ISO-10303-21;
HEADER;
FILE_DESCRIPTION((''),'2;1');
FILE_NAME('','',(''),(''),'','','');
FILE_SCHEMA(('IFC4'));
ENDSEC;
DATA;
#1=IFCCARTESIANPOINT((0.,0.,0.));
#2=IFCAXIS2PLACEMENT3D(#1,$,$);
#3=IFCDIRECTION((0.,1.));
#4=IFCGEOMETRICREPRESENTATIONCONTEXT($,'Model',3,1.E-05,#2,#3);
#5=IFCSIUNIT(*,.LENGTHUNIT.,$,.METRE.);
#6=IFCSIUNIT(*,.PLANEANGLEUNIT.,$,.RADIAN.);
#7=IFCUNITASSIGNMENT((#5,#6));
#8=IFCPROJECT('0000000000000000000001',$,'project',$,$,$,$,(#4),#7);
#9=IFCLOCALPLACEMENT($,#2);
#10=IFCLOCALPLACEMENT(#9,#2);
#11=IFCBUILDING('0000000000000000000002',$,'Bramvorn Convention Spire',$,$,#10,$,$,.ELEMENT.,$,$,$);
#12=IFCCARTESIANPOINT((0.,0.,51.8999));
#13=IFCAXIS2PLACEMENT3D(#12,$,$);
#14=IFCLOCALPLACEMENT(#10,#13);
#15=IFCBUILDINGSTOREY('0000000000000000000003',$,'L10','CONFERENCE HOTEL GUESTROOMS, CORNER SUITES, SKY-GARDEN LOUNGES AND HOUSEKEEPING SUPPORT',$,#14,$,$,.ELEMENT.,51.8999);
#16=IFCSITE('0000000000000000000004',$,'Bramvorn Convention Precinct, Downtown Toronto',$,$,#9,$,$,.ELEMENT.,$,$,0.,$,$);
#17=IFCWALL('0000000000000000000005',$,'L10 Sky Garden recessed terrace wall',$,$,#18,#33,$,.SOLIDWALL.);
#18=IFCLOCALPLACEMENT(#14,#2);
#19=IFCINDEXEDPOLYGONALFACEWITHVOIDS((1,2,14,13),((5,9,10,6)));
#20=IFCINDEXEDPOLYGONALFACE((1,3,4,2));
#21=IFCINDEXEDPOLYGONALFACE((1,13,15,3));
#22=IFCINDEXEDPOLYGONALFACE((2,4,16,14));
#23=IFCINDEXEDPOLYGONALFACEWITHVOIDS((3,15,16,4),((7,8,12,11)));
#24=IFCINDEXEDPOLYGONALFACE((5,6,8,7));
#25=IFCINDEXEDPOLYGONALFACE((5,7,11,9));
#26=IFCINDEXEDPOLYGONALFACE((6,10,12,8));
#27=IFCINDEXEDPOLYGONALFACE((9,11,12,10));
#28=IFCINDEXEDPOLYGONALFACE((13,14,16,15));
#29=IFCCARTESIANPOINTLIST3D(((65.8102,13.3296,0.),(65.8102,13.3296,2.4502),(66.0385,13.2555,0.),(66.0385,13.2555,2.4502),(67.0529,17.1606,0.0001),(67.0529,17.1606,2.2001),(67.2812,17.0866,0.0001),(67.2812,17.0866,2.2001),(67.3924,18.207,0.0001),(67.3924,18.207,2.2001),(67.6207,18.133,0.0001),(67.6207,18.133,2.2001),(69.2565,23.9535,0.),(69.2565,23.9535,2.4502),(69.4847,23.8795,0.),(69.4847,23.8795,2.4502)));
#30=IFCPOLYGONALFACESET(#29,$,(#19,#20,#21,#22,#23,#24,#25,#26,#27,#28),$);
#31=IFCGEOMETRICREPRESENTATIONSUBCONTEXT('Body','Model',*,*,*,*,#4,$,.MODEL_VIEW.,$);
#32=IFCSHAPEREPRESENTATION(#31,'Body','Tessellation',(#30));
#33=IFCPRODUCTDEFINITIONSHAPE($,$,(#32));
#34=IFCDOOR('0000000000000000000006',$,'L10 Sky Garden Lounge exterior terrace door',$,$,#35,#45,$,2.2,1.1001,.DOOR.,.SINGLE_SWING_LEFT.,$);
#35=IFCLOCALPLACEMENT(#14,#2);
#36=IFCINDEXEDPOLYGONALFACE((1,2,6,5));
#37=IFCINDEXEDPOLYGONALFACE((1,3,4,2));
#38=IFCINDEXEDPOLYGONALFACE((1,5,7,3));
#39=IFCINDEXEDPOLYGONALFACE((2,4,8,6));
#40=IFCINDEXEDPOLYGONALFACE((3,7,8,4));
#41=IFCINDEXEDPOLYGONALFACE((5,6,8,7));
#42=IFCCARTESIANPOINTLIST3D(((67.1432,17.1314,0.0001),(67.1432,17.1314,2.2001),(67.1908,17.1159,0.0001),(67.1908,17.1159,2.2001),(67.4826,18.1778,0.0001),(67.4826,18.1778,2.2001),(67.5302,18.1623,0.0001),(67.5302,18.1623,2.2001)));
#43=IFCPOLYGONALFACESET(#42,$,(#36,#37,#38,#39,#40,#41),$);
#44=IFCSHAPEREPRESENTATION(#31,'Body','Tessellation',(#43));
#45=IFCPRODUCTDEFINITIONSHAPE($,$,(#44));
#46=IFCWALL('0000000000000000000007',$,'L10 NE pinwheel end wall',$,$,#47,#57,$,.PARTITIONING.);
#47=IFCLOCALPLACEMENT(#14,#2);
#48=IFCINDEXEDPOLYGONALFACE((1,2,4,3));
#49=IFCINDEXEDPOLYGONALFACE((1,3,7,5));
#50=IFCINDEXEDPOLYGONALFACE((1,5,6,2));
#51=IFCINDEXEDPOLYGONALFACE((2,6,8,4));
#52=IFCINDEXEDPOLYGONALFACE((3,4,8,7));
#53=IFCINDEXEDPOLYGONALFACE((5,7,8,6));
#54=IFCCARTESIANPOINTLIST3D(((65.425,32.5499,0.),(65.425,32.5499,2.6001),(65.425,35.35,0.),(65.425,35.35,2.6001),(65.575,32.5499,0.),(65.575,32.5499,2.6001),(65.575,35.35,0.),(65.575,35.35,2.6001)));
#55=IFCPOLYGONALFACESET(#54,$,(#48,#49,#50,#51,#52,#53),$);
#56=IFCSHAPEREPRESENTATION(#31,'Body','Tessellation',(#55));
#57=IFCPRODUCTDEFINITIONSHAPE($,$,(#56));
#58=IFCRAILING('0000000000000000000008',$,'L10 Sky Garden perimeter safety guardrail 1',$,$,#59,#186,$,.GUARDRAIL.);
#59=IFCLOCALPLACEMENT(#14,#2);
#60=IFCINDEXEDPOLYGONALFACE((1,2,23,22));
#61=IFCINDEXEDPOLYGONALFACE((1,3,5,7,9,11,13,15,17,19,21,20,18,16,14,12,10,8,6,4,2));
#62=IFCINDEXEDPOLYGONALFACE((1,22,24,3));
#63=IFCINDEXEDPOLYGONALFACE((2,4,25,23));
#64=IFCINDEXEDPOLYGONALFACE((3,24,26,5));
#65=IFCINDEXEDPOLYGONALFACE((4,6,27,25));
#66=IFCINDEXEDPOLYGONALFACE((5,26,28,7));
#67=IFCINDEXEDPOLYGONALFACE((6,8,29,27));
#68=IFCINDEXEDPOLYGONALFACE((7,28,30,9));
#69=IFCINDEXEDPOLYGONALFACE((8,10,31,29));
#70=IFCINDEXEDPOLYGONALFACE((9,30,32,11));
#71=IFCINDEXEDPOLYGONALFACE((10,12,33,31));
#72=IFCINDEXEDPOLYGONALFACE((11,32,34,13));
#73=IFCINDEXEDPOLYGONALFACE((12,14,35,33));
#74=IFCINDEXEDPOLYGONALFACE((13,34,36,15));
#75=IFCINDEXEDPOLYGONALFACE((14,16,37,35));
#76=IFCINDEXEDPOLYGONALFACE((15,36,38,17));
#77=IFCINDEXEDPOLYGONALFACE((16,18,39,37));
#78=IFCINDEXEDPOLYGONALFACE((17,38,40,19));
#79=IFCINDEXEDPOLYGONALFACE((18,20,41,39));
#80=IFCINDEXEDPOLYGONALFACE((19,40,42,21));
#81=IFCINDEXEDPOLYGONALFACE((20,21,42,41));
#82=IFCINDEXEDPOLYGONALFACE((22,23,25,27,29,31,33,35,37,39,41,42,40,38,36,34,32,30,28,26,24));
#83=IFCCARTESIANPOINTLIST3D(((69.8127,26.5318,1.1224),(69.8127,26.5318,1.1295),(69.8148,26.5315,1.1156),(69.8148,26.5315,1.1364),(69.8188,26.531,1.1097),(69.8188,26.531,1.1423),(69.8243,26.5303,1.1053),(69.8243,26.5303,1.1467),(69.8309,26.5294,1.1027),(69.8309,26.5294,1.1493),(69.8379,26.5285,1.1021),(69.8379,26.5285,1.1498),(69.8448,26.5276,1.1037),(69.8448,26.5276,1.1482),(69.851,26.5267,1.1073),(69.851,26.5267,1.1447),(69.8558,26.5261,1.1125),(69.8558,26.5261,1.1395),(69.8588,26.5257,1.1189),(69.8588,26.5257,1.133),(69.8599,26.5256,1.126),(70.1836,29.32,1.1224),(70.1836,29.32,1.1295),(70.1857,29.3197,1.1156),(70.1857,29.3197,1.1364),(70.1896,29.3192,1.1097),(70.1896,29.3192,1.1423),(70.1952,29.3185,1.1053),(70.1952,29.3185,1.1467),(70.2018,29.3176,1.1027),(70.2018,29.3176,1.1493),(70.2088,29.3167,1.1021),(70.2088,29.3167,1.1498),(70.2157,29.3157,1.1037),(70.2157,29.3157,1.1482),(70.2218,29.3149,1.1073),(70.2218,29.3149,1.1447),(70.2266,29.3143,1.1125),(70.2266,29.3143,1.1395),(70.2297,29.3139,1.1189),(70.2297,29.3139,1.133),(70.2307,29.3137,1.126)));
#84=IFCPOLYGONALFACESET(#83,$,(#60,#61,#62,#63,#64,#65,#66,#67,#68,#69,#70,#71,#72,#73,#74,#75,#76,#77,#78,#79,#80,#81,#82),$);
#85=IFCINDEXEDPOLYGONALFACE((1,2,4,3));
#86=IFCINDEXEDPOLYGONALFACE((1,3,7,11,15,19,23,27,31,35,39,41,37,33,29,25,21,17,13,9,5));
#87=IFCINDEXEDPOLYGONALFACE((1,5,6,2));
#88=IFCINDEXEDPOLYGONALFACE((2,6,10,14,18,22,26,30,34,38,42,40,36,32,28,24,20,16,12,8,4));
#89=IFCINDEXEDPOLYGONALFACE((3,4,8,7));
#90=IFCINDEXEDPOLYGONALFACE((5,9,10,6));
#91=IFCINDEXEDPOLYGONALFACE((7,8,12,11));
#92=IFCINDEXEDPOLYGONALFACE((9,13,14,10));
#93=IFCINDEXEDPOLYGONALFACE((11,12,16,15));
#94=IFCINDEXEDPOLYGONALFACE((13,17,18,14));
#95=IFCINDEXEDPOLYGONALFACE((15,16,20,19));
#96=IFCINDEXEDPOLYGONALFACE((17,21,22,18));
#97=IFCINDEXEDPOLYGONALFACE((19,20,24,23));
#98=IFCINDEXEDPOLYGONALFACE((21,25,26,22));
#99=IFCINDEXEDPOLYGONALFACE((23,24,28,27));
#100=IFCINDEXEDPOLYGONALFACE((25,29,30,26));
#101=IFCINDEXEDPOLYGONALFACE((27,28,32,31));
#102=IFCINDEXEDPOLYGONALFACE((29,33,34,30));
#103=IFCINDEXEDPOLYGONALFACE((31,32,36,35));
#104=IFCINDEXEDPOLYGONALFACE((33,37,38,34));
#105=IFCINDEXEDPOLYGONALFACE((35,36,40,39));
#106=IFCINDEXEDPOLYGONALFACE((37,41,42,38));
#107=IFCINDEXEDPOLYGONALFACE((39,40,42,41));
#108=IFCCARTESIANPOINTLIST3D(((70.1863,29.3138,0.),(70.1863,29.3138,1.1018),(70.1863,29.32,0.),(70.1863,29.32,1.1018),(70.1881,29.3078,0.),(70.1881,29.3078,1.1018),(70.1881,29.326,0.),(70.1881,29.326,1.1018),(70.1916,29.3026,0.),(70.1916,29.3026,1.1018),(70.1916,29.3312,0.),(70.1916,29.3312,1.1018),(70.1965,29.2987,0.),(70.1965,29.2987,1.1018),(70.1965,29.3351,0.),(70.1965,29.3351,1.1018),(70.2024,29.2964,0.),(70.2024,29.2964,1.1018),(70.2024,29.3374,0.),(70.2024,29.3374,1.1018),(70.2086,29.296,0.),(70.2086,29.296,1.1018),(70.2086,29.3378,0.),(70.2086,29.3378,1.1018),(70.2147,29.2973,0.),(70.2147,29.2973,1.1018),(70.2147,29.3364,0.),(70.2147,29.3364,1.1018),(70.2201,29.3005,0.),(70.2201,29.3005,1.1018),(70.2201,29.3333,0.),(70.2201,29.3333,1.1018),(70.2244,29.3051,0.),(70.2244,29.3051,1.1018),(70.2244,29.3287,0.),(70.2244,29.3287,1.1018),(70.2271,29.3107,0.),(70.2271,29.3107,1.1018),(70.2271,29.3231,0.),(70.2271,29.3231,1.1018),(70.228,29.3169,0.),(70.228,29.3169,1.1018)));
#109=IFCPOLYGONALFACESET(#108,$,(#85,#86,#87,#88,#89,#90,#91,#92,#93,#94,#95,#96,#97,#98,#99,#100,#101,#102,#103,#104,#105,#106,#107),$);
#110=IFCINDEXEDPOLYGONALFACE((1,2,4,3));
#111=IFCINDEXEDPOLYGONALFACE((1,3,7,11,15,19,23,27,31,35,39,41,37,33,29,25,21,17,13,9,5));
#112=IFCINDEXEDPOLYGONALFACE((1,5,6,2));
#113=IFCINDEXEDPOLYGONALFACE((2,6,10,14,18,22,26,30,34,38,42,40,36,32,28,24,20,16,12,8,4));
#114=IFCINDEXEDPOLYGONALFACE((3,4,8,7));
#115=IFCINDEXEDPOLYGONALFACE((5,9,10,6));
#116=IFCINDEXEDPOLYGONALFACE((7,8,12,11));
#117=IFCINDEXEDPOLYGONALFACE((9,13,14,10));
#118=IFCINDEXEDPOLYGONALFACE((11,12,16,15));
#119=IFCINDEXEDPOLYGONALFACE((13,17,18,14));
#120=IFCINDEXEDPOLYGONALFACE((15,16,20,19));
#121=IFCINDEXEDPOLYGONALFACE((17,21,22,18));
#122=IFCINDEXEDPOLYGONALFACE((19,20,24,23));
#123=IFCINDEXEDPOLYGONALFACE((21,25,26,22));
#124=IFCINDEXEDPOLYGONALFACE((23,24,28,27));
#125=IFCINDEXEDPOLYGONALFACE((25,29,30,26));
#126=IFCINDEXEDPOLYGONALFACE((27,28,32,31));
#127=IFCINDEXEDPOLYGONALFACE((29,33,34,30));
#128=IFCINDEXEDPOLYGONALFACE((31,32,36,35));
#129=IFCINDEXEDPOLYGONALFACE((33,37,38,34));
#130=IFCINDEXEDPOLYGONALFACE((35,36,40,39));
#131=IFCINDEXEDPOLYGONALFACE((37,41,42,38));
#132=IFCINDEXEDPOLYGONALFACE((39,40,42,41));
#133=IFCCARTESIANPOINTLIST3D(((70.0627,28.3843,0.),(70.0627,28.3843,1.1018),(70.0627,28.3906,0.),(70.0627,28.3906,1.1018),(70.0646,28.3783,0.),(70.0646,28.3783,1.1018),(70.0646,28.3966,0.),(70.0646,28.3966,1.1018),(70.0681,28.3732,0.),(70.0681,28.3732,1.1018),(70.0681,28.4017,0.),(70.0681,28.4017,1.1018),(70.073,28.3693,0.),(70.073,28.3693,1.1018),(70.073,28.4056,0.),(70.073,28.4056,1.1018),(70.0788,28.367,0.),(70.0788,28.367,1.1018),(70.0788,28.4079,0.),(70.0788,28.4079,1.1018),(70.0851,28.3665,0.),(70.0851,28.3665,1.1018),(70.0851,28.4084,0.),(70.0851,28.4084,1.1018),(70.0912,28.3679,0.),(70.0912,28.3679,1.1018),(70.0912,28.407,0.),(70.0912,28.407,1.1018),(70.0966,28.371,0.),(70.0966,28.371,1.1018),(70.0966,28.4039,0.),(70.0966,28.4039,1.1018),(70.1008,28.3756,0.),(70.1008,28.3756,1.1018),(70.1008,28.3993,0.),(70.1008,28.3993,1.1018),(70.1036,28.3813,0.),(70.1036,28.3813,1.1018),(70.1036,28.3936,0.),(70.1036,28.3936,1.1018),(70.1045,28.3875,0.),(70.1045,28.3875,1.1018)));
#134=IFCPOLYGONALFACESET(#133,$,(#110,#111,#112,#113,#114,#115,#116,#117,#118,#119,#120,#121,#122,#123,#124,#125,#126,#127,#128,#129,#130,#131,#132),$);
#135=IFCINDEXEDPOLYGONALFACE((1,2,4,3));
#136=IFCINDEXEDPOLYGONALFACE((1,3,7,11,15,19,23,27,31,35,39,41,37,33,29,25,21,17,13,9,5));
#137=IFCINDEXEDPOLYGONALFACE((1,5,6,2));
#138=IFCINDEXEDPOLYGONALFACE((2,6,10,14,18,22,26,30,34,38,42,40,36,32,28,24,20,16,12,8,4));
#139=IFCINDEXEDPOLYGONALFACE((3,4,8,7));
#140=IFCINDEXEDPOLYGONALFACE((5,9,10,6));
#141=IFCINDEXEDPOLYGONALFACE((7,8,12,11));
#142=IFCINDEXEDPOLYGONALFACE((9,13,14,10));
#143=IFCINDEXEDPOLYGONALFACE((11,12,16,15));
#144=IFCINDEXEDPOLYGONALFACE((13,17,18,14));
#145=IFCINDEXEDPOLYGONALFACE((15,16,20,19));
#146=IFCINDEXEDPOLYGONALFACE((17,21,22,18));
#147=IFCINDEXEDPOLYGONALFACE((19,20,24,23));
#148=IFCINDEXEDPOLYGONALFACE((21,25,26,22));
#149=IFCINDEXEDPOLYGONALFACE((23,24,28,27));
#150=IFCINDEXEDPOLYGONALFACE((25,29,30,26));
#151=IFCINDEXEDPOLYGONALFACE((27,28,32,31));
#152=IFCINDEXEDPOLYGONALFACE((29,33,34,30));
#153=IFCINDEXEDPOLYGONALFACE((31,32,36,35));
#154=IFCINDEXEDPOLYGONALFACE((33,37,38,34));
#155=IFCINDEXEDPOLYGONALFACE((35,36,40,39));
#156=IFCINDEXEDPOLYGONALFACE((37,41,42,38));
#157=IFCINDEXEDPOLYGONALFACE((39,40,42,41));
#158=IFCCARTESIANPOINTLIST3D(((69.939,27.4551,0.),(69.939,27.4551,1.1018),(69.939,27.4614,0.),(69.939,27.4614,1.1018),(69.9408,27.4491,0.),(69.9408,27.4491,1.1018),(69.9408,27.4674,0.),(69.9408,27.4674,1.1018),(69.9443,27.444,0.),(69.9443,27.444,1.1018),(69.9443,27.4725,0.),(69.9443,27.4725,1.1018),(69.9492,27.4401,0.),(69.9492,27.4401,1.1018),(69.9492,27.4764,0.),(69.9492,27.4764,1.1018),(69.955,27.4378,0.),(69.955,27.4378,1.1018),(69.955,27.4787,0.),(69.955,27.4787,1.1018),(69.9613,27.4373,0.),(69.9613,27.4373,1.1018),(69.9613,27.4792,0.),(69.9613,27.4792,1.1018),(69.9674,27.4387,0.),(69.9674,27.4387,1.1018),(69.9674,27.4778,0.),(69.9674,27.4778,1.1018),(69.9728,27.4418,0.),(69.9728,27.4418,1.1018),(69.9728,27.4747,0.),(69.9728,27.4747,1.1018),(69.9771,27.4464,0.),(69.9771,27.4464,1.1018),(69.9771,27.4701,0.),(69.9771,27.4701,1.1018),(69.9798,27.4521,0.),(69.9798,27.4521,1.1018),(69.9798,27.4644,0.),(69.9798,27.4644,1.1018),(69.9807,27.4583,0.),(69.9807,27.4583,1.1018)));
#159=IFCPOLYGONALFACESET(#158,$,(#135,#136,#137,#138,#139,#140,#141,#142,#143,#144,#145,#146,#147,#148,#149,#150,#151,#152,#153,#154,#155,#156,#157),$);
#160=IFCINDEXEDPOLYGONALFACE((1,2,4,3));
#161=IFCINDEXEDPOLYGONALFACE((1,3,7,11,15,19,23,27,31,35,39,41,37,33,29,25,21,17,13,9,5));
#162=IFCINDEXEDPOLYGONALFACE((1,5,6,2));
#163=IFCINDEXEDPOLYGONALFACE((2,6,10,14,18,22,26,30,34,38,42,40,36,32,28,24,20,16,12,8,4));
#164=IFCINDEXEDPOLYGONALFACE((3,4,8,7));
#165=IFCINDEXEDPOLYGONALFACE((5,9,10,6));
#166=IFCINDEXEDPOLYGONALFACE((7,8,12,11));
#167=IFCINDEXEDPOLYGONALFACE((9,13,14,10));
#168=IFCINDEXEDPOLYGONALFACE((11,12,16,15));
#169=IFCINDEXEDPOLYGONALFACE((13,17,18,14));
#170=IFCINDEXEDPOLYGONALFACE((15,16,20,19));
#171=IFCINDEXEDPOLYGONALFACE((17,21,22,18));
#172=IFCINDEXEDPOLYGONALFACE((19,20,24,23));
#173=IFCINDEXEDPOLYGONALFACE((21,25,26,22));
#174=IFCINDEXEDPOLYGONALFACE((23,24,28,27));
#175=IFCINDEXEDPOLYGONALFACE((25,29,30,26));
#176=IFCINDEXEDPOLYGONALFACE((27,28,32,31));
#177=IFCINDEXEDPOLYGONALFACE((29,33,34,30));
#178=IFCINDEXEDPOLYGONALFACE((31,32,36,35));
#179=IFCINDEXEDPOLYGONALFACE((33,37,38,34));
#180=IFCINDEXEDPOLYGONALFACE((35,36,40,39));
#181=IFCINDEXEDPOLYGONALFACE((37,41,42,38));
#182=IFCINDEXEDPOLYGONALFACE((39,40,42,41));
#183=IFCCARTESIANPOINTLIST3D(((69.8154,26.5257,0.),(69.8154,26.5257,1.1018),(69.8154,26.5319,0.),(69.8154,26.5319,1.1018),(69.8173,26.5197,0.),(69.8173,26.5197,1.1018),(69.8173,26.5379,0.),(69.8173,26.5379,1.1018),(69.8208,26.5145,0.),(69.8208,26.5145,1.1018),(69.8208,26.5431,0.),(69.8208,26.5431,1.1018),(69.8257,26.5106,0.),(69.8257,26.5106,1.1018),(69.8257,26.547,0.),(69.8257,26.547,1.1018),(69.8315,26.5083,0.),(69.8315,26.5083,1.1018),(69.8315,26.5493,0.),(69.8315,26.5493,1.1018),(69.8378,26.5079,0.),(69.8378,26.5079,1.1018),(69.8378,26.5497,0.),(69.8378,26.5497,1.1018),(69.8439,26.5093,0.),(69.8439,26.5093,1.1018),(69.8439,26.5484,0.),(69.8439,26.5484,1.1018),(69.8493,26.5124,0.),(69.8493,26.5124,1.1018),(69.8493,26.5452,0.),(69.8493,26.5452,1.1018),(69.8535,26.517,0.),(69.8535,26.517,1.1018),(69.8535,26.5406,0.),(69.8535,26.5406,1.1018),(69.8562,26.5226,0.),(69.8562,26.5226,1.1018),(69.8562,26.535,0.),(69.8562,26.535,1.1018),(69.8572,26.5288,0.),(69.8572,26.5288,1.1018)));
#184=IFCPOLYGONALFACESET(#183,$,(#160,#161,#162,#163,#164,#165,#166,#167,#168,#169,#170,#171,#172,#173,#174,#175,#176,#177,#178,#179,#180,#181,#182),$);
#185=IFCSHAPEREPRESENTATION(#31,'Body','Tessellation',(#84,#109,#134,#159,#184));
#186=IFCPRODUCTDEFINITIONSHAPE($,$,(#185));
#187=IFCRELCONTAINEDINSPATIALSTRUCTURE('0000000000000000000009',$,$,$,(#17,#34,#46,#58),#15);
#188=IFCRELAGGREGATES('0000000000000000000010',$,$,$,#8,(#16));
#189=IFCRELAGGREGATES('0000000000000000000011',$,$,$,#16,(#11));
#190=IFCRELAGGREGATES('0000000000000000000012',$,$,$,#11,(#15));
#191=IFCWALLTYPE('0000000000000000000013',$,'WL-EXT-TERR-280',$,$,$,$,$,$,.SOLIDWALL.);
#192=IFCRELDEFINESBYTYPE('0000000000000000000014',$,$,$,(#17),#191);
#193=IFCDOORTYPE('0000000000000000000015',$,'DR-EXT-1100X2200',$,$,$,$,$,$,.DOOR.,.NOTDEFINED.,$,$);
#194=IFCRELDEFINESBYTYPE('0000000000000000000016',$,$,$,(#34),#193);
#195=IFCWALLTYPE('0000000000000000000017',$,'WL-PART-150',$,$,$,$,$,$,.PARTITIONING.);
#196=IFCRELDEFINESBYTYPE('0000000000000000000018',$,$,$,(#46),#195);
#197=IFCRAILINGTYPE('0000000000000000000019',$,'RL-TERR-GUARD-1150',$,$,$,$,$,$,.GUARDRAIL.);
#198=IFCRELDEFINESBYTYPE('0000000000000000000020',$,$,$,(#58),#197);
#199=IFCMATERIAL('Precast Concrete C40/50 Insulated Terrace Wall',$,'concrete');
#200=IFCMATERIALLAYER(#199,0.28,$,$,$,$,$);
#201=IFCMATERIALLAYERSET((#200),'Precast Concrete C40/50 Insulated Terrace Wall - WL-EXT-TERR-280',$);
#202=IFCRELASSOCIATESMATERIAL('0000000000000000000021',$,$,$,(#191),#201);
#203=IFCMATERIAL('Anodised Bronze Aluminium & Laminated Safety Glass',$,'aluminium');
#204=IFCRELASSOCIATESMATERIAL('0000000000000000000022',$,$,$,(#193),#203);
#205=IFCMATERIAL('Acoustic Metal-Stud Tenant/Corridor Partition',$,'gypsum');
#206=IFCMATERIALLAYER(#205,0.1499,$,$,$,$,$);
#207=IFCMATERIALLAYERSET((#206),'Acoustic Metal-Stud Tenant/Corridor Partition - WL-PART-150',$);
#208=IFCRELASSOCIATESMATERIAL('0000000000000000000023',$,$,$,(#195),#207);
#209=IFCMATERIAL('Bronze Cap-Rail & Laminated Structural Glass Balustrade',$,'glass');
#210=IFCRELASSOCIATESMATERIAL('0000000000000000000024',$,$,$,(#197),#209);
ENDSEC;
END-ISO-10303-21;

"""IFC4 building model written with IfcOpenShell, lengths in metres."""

from ifc_helpers import new_model, si_unit, direction, frame, frame_2d, origin, origin_2d, place, context, subcontext, project, spatial, rectangle, circle, extrude, material, layer, layer_set, type_object, element, fill, save


model = new_model("IFC4")

# Units and contexts
model_context = context("Model", 3, precision=1e-05, world=origin(), true_north=direction((0.0, 1.0)))
body_context = subcontext(model_context, "Body", "Model", "MODEL_VIEW")
ifc_project = project(units=[si_unit("LENGTHUNIT", "METRE"), si_unit("PLANEANGLEUNIT", "RADIAN")], contexts=[model_context])

# Site, building, storey
site_placement = place(None, origin())
site = spatial("IfcSite", under=ifc_project, at=site_placement, Name="Bramvorn Convention Precinct, Downtown Toronto", CompositionType="ELEMENT", RefElevation=0.0)
building_placement = place(site_placement, origin())
building = spatial("IfcBuilding", under=site, at=building_placement, Name="Bramvorn Convention Spire", CompositionType="ELEMENT")
storey_placement = place(building_placement, frame((0.0, 0.0, 51.8999)))
storey = spatial("IfcBuildingStorey", under=building, at=storey_placement, Name="L10", Description="CONFERENCE HOTEL GUESTROOMS, CORNER SUITES, SKY-GARDEN LOUNGES AND HOUSEKEEPING SUPPORT", CompositionType="ELEMENT", Elevation=51.8999)

# Wall, opening, door
ifc_material_1 = material(Name="Precast Concrete C40/50 Insulated Terrace Wall", Category="concrete")
ifc_layer_1 = layer(ifc_material_1, 0.28)
ifc_layer_set_1 = layer_set([ifc_layer_1], Name="Precast Concrete C40/50 Insulated Terrace Wall - WL-EXT-TERR-280")
wall_type_1 = type_object("IfcWallType", Name="WL-EXT-TERR-280", PredefinedType="SOLIDWALL", material=ifc_layer_set_1)
wall_1_placement = place(storey_placement, frame((69.3706, 23.9165, 0.0), z_axis=(0.0, 0.0, 1.0), x_axis=(-0.308558, -0.951205, 0.0)))
wall_1 = element("IfcWall", 1, at=wall_1_placement, inside=storey, type_object=wall_type_1, Name="L10 Sky Garden recessed terrace wall", PredefinedType="SOLIDWALL", context=body_context, shape_type="SweptSolid", body=[
    extrude(rectangle(XDim=11.1689, YDim=0.24, at=frame_2d((5.5845, 0.0))), origin(), (0.0, 0.0, 1.0), 2.4502),
])
opening_placement = place(wall_1_placement, frame((6.0413, 0.0, 0.0)))
opening = element("IfcOpeningElement", 2, at=opening_placement, cuts=wall_1, PredefinedType="OPENING", context=body_context, shape_type="SweptSolid", body=[
    extrude(rectangle(XDim=1.1001, YDim=2.2, at=frame_2d((0.55, 1.1001))), frame((0.0, 0.1299, 0.0), z_axis=(0.0, -1.0, 0.0), x_axis=(1.0, 0.0, 0.0)), (0.0, 0.0, 1.0), 0.26),
])
ifc_material_2 = material(Name="Anodised Bronze Aluminium & Laminated Safety Glass", Category="aluminium")
door_type = type_object("IfcDoorType", Name="DR-EXT-1100X2200", OperationType="NOTDEFINED", PredefinedType="DOOR", material=ifc_material_2)
door_placement = place(opening_placement, origin())
door = element("IfcDoor", 3, at=door_placement, inside=storey, type_object=door_type, Name="L10 Sky Garden Lounge exterior terrace door", OperationType="SINGLE_SWING_LEFT", OverallHeight=2.2, OverallWidth=1.1001, PredefinedType="DOOR", context=body_context, shape_type="SweptSolid", body=[
    extrude(rectangle(XDim=1.1001, YDim=2.2, at=frame_2d((0.55, 1.1001))), frame((0.0, 0.0249, 0.0), z_axis=(0.0, -1.0, 0.0), x_axis=(1.0, 0.0, 0.0)), (0.0, 0.0, 1.0), 0.05),
])
fill(opening, door)

# Wall
ifc_material_3 = material(Name="Acoustic Metal-Stud Tenant/Corridor Partition", Category="gypsum")
ifc_layer_2 = layer(ifc_material_3, 0.1499)
ifc_layer_set_2 = layer_set([ifc_layer_2], Name="Acoustic Metal-Stud Tenant/Corridor Partition - WL-PART-150")
wall_type_2 = type_object("IfcWallType", Name="WL-PART-150", PredefinedType="PARTITIONING", material=ifc_layer_set_2)
wall_2_placement = place(storey_placement, frame((65.5, 32.55, 0.0), z_axis=(0.0, 0.0, 1.0), x_axis=(0.0, 1.0, 0.0)))
element("IfcWall", 4, at=wall_2_placement, inside=storey, type_object=wall_type_2, Name="L10 NE pinwheel end wall", PredefinedType="PARTITIONING", context=body_context, shape_type="SweptSolid", body=[
    extrude(rectangle(XDim=2.8, YDim=0.1499, at=frame_2d((1.3999, 0.0))), origin(), (0.0, 0.0, 1.0), 2.6001),
])

# Railing
ifc_material_4 = material(Name="Bronze Cap-Rail & Laminated Structural Glass Balustrade", Category="glass")
railing_type = type_object("IfcRailingType", Name="RL-TERR-GUARD-1150", PredefinedType="GUARDRAIL", material=ifc_material_4)
railing_1_placement = place(storey_placement, frame((70.207, 29.3169, 0.0)))
element("IfcRailing", 5, at=railing_1_placement, inside=storey, type_object=railing_type, Name="L10 Sky Garden perimeter safety guardrail 1", PredefinedType="GUARDRAIL", context=body_context, shape_type="SweptSolid", body=[
    extrude(circle(Radius=0.0239, at=origin_2d()), frame((0.0, 0.0, 1.126), z_axis=(-0.131851, -0.99127, 0.0), x_axis=(0.99127, -0.131851, 0.0)), (0.0, 0.0, 1.0), 2.8127),
    extrude(circle(Radius=0.021, at=origin_2d()), origin(), (0.0, 0.0, 1.0), 1.1018),
    extrude(circle(Radius=0.021, at=origin_2d()), frame((-0.1235, -0.9294, 0.0)), (0.0, 0.0, 1.0), 1.1018),
    extrude(circle(Radius=0.021, at=origin_2d()), frame((-0.2473, -1.8586, 0.0)), (0.0, 0.0, 1.0), 1.1018),
    extrude(circle(Radius=0.021, at=origin_2d()), frame((-0.3708, -2.7881, 0.0)), (0.0, 0.0, 1.0), 1.1018),
])

save(model, "model.ifc")
